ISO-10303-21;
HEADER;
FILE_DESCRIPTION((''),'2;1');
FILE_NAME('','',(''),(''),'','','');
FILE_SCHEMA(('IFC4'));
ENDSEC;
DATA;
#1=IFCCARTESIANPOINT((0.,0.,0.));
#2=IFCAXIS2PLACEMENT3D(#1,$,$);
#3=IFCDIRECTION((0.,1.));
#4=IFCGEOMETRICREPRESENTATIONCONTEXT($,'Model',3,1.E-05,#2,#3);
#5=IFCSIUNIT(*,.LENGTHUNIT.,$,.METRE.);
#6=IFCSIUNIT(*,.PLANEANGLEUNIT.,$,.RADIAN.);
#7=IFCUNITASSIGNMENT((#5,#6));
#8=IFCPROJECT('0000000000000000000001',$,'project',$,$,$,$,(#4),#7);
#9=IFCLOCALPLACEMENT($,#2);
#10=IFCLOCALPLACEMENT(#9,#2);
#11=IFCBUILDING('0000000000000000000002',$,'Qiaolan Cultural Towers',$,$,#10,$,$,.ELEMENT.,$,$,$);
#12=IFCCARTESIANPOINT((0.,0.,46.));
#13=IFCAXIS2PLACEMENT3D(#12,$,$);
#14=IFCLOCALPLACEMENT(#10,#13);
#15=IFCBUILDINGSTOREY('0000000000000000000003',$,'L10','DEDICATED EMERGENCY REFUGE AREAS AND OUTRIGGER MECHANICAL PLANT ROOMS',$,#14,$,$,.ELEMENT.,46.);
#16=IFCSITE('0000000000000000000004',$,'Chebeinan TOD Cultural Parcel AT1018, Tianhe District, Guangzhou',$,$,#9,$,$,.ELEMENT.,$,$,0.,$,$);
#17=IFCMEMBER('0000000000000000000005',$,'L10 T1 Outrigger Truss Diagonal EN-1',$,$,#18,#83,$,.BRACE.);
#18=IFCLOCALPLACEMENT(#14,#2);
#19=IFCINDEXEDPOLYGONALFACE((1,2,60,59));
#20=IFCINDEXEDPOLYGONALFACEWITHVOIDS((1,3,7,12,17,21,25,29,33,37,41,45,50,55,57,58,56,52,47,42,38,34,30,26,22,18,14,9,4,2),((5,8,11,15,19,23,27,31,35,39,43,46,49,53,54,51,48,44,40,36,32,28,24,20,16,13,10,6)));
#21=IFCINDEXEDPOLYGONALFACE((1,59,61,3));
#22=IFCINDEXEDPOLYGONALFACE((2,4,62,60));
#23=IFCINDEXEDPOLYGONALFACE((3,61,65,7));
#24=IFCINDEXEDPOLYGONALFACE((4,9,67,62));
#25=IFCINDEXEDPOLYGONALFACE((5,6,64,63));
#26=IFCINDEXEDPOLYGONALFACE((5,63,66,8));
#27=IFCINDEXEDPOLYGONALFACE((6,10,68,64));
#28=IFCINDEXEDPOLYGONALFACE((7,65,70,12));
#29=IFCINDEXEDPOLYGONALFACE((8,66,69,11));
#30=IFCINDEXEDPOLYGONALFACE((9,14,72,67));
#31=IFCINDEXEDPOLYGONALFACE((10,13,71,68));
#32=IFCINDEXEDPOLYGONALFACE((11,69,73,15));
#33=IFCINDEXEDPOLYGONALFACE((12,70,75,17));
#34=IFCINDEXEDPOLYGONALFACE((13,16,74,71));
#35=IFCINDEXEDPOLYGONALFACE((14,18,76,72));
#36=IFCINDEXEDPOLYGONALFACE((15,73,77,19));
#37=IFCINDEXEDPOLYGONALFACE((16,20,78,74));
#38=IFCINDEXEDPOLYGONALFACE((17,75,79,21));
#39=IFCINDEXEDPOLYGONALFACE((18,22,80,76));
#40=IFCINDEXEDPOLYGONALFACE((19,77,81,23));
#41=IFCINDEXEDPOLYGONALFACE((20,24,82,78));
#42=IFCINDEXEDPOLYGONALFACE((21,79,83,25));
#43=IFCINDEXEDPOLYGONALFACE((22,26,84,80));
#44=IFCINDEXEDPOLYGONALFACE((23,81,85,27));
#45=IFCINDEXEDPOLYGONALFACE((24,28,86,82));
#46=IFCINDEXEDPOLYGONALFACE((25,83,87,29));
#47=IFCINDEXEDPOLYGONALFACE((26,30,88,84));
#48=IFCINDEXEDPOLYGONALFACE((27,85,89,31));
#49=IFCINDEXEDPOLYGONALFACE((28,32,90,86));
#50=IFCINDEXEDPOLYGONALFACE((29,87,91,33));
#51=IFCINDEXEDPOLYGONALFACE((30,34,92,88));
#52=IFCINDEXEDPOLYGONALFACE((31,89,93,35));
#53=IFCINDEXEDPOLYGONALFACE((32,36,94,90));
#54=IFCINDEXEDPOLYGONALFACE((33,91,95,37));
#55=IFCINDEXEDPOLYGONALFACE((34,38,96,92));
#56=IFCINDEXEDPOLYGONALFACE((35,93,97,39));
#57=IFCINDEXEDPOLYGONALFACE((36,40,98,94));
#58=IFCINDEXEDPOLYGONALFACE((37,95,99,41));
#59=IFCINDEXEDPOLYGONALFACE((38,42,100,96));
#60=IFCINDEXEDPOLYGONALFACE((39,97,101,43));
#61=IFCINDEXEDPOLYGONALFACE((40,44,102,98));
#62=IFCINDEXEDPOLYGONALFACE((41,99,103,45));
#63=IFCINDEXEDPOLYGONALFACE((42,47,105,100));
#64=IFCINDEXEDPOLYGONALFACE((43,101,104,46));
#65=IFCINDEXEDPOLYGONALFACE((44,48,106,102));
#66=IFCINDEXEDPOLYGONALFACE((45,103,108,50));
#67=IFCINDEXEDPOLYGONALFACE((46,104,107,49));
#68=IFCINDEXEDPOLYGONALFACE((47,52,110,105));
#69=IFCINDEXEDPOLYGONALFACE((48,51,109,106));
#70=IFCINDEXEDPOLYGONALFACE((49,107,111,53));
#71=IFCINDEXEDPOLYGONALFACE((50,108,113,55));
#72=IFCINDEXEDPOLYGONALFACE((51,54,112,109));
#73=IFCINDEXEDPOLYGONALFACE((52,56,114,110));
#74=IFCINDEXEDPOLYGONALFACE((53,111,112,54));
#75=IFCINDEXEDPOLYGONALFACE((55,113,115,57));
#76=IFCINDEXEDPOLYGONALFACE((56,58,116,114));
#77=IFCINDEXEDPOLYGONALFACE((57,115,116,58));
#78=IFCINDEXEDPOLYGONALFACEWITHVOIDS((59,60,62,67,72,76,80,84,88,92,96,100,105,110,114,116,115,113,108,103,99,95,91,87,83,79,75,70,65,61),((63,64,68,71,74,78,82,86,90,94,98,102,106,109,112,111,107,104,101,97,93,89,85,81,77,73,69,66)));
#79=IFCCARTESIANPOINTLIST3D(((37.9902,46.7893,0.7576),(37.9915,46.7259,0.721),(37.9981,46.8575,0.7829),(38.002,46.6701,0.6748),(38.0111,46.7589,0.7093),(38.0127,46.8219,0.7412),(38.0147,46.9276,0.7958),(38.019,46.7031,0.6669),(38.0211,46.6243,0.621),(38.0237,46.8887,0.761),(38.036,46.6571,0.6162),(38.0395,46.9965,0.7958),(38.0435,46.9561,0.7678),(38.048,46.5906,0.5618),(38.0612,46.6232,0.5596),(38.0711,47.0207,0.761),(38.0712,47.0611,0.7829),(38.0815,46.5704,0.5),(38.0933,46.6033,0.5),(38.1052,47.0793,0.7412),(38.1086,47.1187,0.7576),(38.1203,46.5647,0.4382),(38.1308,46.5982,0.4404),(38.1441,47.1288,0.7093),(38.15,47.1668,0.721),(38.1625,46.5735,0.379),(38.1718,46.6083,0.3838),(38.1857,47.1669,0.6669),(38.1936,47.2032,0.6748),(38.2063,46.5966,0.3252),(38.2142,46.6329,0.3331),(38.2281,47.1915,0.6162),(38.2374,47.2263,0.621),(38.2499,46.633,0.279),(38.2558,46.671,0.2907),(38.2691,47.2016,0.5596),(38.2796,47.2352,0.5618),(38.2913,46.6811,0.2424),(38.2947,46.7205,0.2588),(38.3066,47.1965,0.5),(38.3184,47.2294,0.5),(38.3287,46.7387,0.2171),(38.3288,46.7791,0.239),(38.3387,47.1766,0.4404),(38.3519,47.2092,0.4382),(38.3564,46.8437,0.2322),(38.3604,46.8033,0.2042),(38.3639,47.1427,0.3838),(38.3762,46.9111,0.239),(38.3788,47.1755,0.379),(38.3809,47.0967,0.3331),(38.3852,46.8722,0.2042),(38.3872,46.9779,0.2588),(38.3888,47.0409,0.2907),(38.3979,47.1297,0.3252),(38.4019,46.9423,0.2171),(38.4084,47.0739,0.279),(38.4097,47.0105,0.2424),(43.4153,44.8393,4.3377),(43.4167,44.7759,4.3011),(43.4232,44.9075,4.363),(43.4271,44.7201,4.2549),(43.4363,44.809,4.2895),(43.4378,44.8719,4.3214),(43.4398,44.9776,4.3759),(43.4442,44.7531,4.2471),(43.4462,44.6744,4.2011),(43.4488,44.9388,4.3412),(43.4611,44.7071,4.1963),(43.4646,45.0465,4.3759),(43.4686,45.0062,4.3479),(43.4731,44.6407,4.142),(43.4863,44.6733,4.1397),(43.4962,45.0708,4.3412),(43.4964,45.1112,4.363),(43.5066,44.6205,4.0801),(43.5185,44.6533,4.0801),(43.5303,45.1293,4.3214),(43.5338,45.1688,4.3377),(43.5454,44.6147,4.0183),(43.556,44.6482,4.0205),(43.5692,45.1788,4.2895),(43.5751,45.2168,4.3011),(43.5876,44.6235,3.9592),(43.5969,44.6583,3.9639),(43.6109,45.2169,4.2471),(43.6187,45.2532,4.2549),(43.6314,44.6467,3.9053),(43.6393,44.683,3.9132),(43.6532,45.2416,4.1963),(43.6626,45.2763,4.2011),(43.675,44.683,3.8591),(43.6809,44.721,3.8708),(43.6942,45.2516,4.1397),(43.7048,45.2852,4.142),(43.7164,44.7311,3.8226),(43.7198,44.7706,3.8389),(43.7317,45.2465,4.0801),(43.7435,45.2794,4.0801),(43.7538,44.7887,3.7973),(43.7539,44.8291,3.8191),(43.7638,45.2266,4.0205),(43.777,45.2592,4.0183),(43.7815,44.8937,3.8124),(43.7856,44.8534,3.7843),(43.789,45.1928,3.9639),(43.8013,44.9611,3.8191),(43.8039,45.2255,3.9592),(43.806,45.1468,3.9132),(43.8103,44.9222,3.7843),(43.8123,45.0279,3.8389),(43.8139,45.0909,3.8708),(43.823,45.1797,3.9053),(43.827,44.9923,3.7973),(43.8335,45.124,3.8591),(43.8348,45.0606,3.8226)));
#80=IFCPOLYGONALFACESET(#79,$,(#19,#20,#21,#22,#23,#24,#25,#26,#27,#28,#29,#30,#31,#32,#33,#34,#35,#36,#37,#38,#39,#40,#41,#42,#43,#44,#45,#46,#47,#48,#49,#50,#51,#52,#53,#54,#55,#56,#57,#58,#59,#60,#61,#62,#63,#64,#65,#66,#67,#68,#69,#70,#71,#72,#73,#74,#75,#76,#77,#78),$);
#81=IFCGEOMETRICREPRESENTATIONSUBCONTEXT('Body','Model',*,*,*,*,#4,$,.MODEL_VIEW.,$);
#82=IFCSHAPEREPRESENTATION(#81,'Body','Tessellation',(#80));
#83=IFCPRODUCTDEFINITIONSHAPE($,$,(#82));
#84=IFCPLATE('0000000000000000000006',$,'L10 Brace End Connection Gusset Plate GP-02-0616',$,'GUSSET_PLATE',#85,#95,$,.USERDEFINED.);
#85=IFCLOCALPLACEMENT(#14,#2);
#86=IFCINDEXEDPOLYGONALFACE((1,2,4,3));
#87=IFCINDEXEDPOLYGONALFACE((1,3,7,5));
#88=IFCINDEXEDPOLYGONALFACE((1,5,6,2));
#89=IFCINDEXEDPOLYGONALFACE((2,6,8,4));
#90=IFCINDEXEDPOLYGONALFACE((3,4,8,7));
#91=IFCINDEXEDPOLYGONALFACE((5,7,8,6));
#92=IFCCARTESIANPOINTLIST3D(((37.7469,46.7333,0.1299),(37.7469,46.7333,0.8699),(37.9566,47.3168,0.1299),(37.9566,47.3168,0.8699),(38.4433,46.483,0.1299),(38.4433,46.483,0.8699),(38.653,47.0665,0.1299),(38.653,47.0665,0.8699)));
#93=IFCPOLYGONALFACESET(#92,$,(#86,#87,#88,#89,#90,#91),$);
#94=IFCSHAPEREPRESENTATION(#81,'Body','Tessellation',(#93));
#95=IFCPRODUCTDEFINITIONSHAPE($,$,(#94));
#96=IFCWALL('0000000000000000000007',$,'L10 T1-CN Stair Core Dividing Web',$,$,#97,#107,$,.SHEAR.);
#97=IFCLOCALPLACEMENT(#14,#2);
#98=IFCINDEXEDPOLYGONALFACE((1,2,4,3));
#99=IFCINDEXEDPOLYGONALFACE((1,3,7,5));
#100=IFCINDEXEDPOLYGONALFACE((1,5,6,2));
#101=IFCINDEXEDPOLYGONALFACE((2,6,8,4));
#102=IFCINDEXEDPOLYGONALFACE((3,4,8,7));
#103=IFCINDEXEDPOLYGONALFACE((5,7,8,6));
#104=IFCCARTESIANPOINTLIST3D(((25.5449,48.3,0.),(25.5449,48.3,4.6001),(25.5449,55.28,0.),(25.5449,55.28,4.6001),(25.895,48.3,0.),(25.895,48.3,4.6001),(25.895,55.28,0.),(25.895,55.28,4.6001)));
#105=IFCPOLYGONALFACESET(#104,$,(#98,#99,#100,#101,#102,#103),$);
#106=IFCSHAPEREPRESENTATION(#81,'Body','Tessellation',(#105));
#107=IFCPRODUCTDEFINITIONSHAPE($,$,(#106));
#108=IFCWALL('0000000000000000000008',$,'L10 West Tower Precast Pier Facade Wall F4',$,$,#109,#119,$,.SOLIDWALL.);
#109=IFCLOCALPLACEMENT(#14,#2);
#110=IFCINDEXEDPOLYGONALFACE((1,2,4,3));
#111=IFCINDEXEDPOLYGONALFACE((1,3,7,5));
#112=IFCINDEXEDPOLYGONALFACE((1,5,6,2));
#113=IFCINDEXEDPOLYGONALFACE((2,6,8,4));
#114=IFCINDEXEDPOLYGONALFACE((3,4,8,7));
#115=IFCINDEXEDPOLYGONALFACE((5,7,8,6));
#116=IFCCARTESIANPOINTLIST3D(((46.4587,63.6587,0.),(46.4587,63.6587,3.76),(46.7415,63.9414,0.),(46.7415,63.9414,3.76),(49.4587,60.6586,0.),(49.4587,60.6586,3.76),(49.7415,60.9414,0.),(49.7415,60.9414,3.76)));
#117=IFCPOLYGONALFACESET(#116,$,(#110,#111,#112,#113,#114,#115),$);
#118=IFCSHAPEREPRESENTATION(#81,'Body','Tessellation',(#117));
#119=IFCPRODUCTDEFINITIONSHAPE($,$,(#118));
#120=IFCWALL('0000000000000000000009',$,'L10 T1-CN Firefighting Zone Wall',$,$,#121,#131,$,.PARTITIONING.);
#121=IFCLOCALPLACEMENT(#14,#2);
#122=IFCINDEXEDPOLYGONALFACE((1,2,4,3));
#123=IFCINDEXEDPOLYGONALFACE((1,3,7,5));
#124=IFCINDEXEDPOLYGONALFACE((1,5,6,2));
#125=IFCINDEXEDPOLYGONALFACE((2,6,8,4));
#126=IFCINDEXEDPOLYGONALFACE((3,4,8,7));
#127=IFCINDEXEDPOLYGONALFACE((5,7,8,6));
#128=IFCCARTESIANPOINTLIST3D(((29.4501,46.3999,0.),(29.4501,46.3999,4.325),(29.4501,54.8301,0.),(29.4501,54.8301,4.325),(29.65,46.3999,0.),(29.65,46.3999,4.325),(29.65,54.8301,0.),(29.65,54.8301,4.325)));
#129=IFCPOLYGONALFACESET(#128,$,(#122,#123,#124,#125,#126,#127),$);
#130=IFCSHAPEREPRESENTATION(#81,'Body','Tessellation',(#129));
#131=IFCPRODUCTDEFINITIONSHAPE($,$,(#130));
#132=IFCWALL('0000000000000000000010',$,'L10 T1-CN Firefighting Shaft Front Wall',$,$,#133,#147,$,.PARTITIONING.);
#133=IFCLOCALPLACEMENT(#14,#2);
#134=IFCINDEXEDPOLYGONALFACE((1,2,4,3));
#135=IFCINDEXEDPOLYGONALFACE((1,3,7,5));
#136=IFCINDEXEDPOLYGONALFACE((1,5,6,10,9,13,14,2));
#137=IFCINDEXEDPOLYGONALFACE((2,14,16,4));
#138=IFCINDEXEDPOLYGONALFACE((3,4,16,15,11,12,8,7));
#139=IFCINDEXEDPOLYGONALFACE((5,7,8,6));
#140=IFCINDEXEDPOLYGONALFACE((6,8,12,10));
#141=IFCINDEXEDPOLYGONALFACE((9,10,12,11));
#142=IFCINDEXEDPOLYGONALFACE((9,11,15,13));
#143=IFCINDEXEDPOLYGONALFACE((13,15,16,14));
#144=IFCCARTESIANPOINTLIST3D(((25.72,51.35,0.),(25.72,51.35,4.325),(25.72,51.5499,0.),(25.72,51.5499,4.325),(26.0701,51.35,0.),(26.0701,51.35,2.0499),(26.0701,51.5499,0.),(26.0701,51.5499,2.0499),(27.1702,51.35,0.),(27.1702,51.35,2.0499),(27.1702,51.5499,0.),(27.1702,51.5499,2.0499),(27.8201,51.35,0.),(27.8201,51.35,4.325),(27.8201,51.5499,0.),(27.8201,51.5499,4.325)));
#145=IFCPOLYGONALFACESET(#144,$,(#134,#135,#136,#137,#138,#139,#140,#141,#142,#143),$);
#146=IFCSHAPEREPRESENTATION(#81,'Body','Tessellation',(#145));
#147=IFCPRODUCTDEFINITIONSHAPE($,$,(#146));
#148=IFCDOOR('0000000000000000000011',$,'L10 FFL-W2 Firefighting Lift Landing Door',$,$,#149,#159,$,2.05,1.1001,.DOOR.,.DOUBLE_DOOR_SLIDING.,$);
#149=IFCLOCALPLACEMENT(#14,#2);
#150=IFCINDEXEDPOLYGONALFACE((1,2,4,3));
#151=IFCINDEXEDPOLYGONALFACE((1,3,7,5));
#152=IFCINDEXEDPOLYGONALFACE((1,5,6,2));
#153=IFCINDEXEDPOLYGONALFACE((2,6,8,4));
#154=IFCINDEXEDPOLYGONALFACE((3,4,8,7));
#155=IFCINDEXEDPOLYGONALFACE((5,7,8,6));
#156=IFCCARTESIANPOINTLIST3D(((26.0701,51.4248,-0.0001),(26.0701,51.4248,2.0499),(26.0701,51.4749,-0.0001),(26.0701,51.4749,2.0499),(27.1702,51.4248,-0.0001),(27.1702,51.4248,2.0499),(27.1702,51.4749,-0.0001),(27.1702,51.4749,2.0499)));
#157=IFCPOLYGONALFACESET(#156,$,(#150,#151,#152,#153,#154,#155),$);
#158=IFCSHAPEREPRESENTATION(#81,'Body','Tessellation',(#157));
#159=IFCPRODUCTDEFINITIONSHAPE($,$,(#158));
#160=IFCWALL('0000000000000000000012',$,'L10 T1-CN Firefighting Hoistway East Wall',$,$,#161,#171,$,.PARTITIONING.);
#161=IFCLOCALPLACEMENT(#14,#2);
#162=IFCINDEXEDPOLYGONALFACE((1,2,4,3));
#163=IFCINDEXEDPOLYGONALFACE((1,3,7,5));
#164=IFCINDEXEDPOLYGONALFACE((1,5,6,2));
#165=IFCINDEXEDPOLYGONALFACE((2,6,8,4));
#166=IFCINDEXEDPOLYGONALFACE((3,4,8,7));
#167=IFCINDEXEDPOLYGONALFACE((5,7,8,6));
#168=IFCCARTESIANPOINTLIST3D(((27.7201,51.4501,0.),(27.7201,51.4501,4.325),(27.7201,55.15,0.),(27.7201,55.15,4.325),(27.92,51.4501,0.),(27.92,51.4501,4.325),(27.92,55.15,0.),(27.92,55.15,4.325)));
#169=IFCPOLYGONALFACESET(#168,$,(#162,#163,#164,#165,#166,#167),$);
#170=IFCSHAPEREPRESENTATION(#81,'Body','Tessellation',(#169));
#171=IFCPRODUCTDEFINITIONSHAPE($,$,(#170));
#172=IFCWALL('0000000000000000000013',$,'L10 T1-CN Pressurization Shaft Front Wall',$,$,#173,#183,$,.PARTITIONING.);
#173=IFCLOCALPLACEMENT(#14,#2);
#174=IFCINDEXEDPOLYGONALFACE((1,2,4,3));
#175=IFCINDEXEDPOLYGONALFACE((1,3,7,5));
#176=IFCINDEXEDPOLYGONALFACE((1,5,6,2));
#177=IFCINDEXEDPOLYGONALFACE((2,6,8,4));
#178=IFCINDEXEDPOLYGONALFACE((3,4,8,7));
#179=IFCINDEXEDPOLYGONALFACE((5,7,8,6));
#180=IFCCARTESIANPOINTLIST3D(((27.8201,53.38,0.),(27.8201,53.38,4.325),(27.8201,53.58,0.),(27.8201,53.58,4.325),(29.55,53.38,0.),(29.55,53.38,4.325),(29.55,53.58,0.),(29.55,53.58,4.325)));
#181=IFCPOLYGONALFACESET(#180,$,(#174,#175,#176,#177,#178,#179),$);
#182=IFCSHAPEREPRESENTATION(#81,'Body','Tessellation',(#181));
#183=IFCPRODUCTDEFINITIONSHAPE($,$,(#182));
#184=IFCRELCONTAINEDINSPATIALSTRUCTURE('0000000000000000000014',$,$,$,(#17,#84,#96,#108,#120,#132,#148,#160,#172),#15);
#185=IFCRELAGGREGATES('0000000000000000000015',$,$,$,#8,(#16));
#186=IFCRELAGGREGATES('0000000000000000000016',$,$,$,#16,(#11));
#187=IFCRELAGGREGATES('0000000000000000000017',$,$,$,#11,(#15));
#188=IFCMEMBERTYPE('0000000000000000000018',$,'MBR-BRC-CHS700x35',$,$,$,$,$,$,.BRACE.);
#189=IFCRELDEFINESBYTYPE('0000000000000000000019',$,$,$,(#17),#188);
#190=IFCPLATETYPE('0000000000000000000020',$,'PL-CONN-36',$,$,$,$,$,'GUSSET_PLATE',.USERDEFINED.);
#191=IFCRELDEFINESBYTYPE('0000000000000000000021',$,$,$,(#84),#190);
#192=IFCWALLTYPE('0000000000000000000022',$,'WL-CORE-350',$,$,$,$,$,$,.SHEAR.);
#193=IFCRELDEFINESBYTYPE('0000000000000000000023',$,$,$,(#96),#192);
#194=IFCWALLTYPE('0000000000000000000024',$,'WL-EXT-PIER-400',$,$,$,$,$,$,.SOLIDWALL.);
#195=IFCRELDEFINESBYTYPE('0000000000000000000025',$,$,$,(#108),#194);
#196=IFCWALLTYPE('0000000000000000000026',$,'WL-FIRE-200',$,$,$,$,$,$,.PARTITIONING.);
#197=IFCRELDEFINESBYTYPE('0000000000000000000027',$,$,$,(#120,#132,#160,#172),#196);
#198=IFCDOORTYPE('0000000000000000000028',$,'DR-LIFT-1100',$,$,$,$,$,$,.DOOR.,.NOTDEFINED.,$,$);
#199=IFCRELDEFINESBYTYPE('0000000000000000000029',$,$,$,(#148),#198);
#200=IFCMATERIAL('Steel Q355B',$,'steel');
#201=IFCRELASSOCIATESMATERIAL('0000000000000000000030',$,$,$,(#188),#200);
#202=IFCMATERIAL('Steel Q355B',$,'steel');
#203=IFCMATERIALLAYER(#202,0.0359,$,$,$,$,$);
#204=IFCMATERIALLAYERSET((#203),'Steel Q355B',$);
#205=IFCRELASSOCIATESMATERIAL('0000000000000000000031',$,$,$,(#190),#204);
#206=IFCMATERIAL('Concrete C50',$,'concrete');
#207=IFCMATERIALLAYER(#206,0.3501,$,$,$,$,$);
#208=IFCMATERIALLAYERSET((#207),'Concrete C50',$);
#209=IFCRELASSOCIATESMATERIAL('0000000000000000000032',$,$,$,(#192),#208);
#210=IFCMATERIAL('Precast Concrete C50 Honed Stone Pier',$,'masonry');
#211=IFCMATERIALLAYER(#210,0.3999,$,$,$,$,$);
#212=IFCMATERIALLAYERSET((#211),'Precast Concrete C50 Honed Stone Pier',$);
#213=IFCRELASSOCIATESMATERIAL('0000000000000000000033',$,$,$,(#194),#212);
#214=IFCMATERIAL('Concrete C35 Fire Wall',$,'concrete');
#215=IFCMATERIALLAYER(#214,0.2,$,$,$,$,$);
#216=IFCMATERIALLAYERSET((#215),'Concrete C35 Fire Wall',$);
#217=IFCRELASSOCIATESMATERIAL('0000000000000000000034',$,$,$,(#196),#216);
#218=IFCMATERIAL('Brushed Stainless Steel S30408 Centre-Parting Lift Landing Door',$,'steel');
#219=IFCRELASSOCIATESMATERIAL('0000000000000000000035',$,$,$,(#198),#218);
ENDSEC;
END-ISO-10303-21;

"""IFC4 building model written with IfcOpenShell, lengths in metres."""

from ifc_helpers import new_model, si_unit, direction, frame, frame_2d, origin, origin_2d, place, context, subcontext, project, spatial, rectangle, hollow_circle, extrude, material, layer, layer_set, material_profile, profile_set, type_object, element, fill, save


model = new_model("IFC4")

# Units and contexts
model_context = context("Model", 3, precision=1e-05, world=origin(), true_north=direction((0.0, 1.0)))
body_context = subcontext(model_context, "Body", "Model", "MODEL_VIEW")
ifc_project = project(units=[si_unit("LENGTHUNIT", "METRE"), si_unit("PLANEANGLEUNIT", "RADIAN")], contexts=[model_context])

# Site, building, storey
site_placement = place(None, origin())
site = spatial("IfcSite", under=ifc_project, at=site_placement, Name="Chebeinan TOD Cultural Parcel AT1018, Tianhe District, Guangzhou", CompositionType="ELEMENT", RefElevation=0.0)
building_placement = place(site_placement, origin())
building = spatial("IfcBuilding", under=site, at=building_placement, Name="Qiaolan Cultural Towers", CompositionType="ELEMENT")
storey_placement = place(building_placement, frame((0.0, 0.0, 46.0)))
storey = spatial("IfcBuildingStorey", under=building, at=storey_placement, Name="L10", Description="DEDICATED EMERGENCY REFUGE AREAS AND OUTRIGGER MECHANICAL PLANT ROOMS", CompositionType="ELEMENT", Elevation=46.0)

# Member
ifc_material_1 = material(Name="Steel Q355B", Category="steel")
ifc_material_profile_1 = material_profile(ifc_material_1, hollow_circle(Radius=0.3501, WallThickness=0.0349, at=origin_2d()), Name="CHS700x35")
ifc_profile_set_1 = profile_set([ifc_material_profile_1], Name="Steel Q355B")
member_type = type_object("IfcMemberType", Name="MBR-BRC-CHS700x35", PredefinedType="BRACE", material=ifc_profile_set_1)
member_placement = place(storey_placement, frame((38.2, 46.8999, 0.5), z_axis=(0.799442, -0.287347, 0.527565), x_axis=(0.338249, 0.941057, 0.0)))
element("IfcMember", 1, at=member_placement, inside=storey, type_object=member_type, Name="L10 T1 Outrigger Truss Diagonal EN-1", PredefinedType="BRACE", context=body_context, shape_type="SweptSolid", body=[
    extrude(hollow_circle(Radius=0.3501, WallThickness=0.0349, at=origin_2d()), origin(), (0.0, 0.0, 1.0), 6.7861),
])

# Plate
ifc_material_2 = material(Name="Steel Q355B", Category="steel")
ifc_layer_1 = layer(ifc_material_2, 0.0359)
ifc_layer_set_1 = layer_set([ifc_layer_1], Name="Steel Q355B")
plate_type = type_object("IfcPlateType", Name="PL-CONN-36", ElementType="GUSSET_PLATE", PredefinedType="USERDEFINED", material=ifc_layer_set_1)
plate_placement = place(storey_placement, frame((38.2, 46.8999, 0.1299), z_axis=(0.0, 0.0, 1.0), x_axis=(-0.941053, 0.338259, 0.0)))
element("IfcPlate", 2, at=plate_placement, inside=storey, type_object=plate_type, Name="L10 Brace End Connection Gusset Plate GP-02-0616", ObjectType="GUSSET_PLATE", PredefinedType="USERDEFINED", context=body_context, shape_type="SweptSolid", body=[
    extrude(rectangle(XDim=0.74, YDim=0.6201, at=origin_2d()), origin(), (0.0, 0.0, 1.0), 0.74),
])

# Walls
ifc_material_3 = material(Name="Concrete C50", Category="concrete")
ifc_layer_2 = layer(ifc_material_3, 0.3501)
ifc_layer_set_2 = layer_set([ifc_layer_2], Name="Concrete C50")
wall_type_1 = type_object("IfcWallType", Name="WL-CORE-350", PredefinedType="SHEAR", material=ifc_layer_set_2)
wall_1_placement = place(storey_placement, frame((25.72, 48.3, 0.0), z_axis=(0.0, 0.0, 1.0), x_axis=(0.0, 1.0, 0.0)))
element("IfcWall", 3, at=wall_1_placement, inside=storey, type_object=wall_type_1, Name="L10 T1-CN Stair Core Dividing Web", PredefinedType="SHEAR", context=body_context, shape_type="SweptSolid", body=[
    extrude(rectangle(XDim=6.98, YDim=0.3501, at=frame_2d((3.49, 0.0))), origin(), (0.0, 0.0, 1.0), 4.6001),
])
ifc_material_4 = material(Name="Precast Concrete C50 Honed Stone Pier", Category="masonry")
ifc_layer_3 = layer(ifc_material_4, 0.3999)
ifc_layer_set_3 = layer_set([ifc_layer_3], Name="Precast Concrete C50 Honed Stone Pier")
wall_type_2 = type_object("IfcWallType", Name="WL-EXT-PIER-400", PredefinedType="SOLIDWALL", material=ifc_layer_set_3)
wall_2_placement = place(storey_placement, frame((46.6001, 63.8, 0.0), z_axis=(0.0, 0.0, 1.0), x_axis=(0.707107, -0.707107, 0.0)))
element("IfcWall", 4, at=wall_2_placement, inside=storey, type_object=wall_type_2, Name="L10 West Tower Precast Pier Facade Wall F4", PredefinedType="SOLIDWALL", context=body_context, shape_type="SweptSolid", body=[
    extrude(rectangle(XDim=4.2427, YDim=0.3999, at=frame_2d((2.1213, 0.0))), origin(), (0.0, 0.0, 1.0), 3.76),
])
ifc_material_5 = material(Name="Concrete C35 Fire Wall", Category="concrete")
ifc_layer_4 = layer(ifc_material_5, 0.2)
ifc_layer_set_4 = layer_set([ifc_layer_4], Name="Concrete C35 Fire Wall")
wall_type_3 = type_object("IfcWallType", Name="WL-FIRE-200", PredefinedType="PARTITIONING", material=ifc_layer_set_4)
wall_3_placement = place(storey_placement, frame((29.55, 46.3999, 0.0), z_axis=(0.0, 0.0, 1.0), x_axis=(0.0, 1.0, 0.0)))
element("IfcWall", 5, at=wall_3_placement, inside=storey, type_object=wall_type_3, Name="L10 T1-CN Firefighting Zone Wall", PredefinedType="PARTITIONING", context=body_context, shape_type="SweptSolid", body=[
    extrude(rectangle(XDim=8.4302, YDim=0.2, at=frame_2d((4.2151, 0.0))), origin(), (0.0, 0.0, 1.0), 4.325),
])

# Wall, opening, door
wall_4_placement = place(storey_placement, frame((25.72, 51.45, 0.0), z_axis=(0.0, 0.0, 1.0), x_axis=(1.0, 0.0, 0.0)))
wall_4 = element("IfcWall", 6, at=wall_4_placement, inside=storey, type_object=wall_type_3, Name="L10 T1-CN Firefighting Shaft Front Wall", PredefinedType="PARTITIONING", context=body_context, shape_type="SweptSolid", body=[
    extrude(rectangle(XDim=2.1001, YDim=0.2, at=frame_2d((1.05, 0.0))), origin(), (0.0, 0.0, 1.0), 4.325),
])
opening_1_placement = place(wall_4_placement, frame((0.3501, 0.0, 0.0)))
opening_1 = element("IfcOpeningElement", 7, at=opening_1_placement, cuts=wall_4, PredefinedType="OPENING", context=body_context, shape_type="SweptSolid", body=[
    extrude(rectangle(XDim=1.1001, YDim=2.05, at=frame_2d((0.55, 1.0249))), frame((0.0, 0.1099, 0.0), z_axis=(0.0, -1.0, 0.0), x_axis=(1.0, 0.0, 0.0)), (0.0, 0.0, 1.0), 0.22),
])
ifc_material_6 = material(Name="Brushed Stainless Steel S30408 Centre-Parting Lift Landing Door", Category="steel")
door_type_1 = type_object("IfcDoorType", Name="DR-LIFT-1100", OperationType="NOTDEFINED", PredefinedType="DOOR", material=ifc_material_6)
door_1_placement = place(opening_1_placement, origin())
door_1 = element("IfcDoor", 8, at=door_1_placement, inside=storey, type_object=door_type_1, Name="L10 FFL-W2 Firefighting Lift Landing Door", OperationType="DOUBLE_DOOR_SLIDING", OverallHeight=2.05, OverallWidth=1.1001, PredefinedType="DOOR", context=body_context, shape_type="SweptSolid", body=[
    extrude(rectangle(XDim=1.1001, YDim=2.05, at=frame_2d((0.55, 1.0249))), frame((0.0, 0.0249, 0.0), z_axis=(0.0, -1.0, 0.0), x_axis=(1.0, 0.0, 0.0)), (0.0, 0.0, 1.0), 0.05),
])
fill(opening_1, door_1)

# Walls
wall_5_placement = place(storey_placement, frame((27.8201, 51.45, 0.0), z_axis=(0.0, 0.0, 1.0), x_axis=(0.0, 1.0, 0.0)))
element("IfcWall", 9, at=wall_5_placement, inside=storey, type_object=wall_type_3, Name="L10 T1-CN Firefighting Hoistway East Wall", PredefinedType="PARTITIONING", context=body_context, shape_type="SweptSolid", body=[
    extrude(rectangle(XDim=3.7, YDim=0.2, at=frame_2d((1.8501, 0.0))), origin(), (0.0, 0.0, 1.0), 4.325),
])
wall_6_placement = place(storey_placement, frame((27.8201, 53.48, 0.0), z_axis=(0.0, 0.0, 1.0), x_axis=(1.0, 0.0, 0.0)))
element("IfcWall", 10, at=wall_6_placement, inside=storey, type_object=wall_type_3, Name="L10 T1-CN Pressurization Shaft Front Wall", PredefinedType="PARTITIONING", context=body_context, shape_type="SweptSolid", body=[
    extrude(rectangle(XDim=1.73, YDim=0.2, at=frame_2d((0.865, 0.0))), origin(), (0.0, 0.0, 1.0), 4.325),
])

save(model, "model.ifc")
